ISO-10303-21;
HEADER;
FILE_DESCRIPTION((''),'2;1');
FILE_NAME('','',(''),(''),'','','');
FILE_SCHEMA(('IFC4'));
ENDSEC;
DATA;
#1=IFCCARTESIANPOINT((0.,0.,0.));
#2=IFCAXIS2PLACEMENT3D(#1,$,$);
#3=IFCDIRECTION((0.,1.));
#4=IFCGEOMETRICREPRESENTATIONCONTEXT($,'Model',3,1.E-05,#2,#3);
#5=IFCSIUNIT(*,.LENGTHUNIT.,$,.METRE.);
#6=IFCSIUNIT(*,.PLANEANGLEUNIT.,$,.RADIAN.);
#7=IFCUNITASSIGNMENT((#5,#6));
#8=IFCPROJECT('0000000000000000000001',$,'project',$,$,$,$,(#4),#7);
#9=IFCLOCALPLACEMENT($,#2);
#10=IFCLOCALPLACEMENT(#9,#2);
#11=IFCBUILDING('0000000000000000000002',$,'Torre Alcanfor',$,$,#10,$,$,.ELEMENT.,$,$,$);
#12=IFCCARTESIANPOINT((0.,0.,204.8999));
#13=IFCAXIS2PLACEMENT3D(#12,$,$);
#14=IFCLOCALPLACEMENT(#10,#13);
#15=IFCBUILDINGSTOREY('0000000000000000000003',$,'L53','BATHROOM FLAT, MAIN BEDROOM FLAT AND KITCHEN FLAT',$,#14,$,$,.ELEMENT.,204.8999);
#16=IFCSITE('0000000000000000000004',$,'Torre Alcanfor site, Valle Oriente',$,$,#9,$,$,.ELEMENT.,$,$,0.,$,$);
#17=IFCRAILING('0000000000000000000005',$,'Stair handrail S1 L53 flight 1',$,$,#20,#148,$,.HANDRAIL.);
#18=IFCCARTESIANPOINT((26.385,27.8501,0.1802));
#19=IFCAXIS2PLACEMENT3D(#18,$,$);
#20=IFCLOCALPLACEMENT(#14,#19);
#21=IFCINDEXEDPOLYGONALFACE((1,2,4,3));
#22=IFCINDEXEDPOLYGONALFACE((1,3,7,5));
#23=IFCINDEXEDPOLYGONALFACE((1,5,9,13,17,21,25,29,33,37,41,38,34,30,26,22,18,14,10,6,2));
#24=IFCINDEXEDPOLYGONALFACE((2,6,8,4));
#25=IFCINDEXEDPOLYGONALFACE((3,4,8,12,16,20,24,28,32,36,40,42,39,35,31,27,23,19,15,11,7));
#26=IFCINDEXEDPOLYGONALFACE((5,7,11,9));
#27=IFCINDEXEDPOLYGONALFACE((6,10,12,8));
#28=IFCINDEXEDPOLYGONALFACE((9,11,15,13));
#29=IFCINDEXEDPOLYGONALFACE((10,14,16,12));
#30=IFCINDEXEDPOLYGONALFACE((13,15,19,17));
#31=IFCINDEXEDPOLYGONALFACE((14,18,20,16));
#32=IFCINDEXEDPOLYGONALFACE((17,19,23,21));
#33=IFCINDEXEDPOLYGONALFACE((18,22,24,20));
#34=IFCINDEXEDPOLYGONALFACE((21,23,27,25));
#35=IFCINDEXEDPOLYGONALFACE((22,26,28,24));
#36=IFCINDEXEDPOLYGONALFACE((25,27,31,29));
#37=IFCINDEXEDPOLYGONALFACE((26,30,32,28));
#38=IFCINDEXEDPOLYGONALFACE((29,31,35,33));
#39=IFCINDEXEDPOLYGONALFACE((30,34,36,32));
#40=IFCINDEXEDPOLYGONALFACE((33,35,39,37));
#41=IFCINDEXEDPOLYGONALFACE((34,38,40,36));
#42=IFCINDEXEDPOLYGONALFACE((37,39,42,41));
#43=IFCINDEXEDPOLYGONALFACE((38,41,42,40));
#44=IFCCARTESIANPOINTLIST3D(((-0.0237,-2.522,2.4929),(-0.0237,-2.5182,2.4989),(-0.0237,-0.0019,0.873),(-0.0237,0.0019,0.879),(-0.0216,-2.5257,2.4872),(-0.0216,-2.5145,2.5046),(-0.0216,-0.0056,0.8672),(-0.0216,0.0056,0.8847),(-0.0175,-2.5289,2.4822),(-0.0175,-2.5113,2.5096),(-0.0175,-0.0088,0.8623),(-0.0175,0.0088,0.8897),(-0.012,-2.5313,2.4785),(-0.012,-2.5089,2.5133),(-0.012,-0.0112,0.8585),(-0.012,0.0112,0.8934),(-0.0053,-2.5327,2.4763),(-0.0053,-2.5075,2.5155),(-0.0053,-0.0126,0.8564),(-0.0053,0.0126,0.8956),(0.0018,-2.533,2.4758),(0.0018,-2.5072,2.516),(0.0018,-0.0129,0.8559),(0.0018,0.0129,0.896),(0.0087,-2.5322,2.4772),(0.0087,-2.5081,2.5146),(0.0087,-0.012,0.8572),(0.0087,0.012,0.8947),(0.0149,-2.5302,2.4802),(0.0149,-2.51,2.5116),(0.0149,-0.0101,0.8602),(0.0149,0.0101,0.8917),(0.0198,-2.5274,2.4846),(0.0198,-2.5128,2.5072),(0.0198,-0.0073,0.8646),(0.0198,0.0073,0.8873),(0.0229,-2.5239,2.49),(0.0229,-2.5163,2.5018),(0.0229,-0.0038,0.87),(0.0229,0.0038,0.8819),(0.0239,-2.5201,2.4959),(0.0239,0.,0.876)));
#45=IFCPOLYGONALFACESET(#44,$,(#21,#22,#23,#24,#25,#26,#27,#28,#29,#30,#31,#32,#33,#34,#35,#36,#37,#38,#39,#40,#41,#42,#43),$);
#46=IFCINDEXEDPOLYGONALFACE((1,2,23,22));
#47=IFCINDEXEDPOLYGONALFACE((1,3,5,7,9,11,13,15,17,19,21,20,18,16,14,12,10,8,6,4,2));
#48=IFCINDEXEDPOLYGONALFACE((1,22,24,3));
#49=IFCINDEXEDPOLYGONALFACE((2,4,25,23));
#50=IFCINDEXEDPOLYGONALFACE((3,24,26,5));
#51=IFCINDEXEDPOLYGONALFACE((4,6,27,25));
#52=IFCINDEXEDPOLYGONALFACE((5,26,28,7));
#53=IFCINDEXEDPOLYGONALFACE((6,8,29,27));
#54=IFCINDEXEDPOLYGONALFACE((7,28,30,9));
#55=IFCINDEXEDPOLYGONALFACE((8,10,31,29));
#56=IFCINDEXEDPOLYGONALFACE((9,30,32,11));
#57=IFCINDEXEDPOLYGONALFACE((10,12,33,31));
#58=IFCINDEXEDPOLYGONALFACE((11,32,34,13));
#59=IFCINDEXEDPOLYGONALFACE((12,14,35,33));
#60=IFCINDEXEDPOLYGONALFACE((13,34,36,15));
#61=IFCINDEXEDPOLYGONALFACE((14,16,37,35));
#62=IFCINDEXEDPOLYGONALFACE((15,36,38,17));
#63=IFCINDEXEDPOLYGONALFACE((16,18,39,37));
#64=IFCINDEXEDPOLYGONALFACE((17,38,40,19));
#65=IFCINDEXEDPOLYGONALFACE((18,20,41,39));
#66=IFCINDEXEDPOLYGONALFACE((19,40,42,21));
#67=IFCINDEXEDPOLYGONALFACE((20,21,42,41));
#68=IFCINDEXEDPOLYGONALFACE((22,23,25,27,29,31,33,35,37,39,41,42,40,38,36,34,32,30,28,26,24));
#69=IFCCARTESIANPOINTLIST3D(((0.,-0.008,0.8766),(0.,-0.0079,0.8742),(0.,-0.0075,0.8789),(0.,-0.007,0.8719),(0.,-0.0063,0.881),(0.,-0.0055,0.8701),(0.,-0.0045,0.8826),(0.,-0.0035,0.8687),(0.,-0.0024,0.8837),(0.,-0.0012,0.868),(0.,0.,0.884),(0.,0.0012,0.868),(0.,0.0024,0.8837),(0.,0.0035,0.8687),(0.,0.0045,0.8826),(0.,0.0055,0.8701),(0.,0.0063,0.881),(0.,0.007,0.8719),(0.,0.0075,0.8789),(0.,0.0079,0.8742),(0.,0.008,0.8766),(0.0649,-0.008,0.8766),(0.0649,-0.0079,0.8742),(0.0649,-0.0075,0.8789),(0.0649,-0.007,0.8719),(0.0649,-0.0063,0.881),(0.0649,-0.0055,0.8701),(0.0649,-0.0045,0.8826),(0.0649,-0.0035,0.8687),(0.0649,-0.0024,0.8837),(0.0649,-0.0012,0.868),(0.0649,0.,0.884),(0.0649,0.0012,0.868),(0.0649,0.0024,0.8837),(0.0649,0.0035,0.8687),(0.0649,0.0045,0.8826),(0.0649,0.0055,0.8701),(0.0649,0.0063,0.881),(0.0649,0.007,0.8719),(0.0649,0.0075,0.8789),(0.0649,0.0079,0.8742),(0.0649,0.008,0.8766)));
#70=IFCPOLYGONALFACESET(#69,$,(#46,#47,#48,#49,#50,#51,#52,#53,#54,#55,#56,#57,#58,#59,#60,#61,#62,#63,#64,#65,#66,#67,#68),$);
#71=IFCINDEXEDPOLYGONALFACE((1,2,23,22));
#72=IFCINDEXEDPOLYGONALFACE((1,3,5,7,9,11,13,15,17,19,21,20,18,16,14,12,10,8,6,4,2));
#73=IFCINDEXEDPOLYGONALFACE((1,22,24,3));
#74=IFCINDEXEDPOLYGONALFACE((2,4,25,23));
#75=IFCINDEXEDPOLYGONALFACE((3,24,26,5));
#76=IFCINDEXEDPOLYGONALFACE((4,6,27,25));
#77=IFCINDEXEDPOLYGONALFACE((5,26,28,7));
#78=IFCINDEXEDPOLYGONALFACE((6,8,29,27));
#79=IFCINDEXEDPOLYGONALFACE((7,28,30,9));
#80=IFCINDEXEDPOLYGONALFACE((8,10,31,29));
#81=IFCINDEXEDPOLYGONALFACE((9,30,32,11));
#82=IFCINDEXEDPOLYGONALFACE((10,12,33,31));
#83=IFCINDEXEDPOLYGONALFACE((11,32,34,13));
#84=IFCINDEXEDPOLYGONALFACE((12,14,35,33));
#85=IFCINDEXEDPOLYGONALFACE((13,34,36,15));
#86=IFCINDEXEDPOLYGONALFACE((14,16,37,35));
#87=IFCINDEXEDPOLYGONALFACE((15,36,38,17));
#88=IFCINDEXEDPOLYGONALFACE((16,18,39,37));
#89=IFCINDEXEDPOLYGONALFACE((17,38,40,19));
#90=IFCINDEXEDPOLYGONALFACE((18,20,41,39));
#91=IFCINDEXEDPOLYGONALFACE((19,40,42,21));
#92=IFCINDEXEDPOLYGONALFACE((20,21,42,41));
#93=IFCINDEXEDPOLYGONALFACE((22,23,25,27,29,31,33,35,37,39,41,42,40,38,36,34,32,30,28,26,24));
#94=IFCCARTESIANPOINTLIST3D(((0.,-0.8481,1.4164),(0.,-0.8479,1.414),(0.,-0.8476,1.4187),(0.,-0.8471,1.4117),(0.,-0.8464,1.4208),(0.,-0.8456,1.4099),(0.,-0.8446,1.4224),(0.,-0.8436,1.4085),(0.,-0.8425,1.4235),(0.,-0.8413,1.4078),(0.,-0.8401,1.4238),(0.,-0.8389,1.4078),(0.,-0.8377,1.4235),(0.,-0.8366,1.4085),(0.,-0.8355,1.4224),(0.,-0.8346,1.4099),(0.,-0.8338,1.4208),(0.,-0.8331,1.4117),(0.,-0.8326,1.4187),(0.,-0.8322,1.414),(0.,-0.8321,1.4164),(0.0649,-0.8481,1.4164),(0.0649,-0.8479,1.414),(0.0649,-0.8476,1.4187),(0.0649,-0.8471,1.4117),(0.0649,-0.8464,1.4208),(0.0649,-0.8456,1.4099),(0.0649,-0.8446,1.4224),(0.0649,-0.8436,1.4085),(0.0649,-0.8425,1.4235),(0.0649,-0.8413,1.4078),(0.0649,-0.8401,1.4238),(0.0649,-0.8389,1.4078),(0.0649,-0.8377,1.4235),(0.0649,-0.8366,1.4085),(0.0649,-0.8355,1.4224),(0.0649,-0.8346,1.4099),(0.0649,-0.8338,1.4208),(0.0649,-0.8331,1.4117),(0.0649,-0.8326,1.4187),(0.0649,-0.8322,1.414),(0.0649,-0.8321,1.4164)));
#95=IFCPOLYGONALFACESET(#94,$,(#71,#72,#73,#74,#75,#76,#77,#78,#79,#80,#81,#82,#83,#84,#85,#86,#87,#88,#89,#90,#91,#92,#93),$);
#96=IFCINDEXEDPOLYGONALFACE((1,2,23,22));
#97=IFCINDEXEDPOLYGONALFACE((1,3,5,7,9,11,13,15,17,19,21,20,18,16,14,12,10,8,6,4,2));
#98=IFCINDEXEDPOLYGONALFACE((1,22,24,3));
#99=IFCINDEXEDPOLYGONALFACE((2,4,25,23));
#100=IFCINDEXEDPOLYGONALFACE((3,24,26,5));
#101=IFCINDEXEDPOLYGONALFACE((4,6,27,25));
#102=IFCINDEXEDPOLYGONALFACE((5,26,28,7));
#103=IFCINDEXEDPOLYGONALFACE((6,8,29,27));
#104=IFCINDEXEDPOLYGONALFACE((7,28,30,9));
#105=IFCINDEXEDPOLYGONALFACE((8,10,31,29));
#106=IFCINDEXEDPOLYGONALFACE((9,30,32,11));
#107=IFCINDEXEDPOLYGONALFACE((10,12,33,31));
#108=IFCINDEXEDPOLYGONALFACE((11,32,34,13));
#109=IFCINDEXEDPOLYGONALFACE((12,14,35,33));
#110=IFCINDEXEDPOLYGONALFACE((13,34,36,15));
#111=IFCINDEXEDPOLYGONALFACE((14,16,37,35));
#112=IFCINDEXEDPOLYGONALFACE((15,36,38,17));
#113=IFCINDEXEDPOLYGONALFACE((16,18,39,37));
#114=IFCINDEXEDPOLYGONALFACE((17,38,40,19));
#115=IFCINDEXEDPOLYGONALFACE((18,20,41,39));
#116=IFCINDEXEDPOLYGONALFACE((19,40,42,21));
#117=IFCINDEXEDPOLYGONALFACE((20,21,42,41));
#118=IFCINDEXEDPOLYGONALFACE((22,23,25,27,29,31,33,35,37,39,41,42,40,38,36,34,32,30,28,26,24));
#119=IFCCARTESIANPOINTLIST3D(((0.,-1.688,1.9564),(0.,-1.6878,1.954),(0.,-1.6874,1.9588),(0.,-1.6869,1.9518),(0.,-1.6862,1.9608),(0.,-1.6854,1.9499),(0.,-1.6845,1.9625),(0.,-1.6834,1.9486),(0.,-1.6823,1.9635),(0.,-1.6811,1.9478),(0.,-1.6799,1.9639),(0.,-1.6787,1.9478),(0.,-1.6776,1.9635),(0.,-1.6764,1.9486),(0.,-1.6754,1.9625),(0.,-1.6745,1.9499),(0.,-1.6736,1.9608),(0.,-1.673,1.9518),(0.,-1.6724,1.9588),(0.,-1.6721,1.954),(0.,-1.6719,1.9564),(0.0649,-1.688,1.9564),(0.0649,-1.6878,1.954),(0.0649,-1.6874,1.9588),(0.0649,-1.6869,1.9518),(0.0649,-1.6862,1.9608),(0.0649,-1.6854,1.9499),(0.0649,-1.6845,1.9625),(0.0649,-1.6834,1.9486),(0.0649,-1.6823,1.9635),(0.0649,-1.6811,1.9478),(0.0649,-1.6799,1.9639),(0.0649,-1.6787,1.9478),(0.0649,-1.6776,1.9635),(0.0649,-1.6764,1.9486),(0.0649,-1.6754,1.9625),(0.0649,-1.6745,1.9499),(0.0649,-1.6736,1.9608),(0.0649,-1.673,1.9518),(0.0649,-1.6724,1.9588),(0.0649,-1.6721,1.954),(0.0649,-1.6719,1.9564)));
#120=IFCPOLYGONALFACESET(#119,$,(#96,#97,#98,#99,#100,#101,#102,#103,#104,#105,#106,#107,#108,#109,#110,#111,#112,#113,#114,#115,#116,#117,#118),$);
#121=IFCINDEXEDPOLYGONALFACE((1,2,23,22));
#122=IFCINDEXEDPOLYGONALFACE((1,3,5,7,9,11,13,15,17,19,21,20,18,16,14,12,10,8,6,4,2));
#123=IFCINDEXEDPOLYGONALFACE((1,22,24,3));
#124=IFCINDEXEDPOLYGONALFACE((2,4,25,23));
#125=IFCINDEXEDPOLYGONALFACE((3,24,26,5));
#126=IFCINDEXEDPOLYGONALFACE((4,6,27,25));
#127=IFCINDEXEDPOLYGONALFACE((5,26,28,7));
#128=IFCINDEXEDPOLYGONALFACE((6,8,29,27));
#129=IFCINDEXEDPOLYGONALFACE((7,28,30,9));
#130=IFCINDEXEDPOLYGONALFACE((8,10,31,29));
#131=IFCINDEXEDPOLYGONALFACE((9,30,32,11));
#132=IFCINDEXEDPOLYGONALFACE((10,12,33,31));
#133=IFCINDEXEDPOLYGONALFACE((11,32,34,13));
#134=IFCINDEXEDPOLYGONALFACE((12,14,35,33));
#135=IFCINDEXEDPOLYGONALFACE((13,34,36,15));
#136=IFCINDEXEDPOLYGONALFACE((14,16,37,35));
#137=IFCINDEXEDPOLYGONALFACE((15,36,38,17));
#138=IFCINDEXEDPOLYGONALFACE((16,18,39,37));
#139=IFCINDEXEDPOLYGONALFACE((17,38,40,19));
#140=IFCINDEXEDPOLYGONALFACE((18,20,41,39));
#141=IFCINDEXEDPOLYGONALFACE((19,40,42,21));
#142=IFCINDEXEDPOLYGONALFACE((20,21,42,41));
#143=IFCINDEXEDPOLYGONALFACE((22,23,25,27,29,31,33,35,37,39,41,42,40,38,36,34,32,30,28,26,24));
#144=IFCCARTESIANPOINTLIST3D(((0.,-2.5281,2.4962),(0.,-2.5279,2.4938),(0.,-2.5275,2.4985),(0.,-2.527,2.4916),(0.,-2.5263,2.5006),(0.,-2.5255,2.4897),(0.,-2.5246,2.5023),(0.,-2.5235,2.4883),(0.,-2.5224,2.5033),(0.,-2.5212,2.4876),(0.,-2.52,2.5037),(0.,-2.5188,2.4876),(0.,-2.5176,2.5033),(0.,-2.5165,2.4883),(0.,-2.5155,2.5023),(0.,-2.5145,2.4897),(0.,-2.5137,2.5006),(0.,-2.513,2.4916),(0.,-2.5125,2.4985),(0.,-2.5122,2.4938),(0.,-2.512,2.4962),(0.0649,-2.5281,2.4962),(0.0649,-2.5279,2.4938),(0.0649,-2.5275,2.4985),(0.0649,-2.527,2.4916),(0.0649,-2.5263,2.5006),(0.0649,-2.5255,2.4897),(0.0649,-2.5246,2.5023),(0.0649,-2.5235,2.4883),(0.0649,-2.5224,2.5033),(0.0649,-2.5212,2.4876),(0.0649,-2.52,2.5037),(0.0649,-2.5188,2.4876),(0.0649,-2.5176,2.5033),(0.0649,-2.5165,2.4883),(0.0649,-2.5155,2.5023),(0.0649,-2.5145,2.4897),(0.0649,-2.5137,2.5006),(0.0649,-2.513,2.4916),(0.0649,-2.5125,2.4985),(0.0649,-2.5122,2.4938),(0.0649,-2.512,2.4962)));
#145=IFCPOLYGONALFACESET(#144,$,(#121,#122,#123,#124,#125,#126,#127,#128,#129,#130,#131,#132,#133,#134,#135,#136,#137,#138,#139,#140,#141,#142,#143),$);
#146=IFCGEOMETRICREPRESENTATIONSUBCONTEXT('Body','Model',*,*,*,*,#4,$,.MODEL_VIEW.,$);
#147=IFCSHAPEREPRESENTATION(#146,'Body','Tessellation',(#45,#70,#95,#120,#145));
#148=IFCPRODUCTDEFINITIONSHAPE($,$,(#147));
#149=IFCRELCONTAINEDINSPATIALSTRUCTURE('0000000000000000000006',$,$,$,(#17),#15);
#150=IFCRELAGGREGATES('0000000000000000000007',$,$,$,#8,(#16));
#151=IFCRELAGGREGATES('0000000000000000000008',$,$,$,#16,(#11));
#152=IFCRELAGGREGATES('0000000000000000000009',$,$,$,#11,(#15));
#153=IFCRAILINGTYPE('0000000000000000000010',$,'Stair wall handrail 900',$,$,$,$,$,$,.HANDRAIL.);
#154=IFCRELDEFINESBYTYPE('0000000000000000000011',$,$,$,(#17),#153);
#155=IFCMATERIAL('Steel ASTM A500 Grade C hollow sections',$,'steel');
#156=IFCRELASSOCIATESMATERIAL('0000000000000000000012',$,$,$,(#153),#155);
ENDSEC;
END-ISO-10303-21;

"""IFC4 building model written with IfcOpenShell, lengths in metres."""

from ifc_helpers import new_model, si_unit, direction, frame, origin, origin_2d, place, context, subcontext, project, spatial, circle, extrude, material, type_object, element, save


model = new_model("IFC4")

# Units and contexts
model_context = context("Model", 3, precision=1e-05, world=origin(), true_north=direction((0.0, 1.0)))
body_context = subcontext(model_context, "Body", "Model", "MODEL_VIEW")
ifc_project = project(units=[si_unit("LENGTHUNIT", "METRE"), si_unit("PLANEANGLEUNIT", "RADIAN")], contexts=[model_context])

# Site, building, storey
site_placement = place(None, origin())
site = spatial("IfcSite", under=ifc_project, at=site_placement, Name="Torre Alcanfor site, Valle Oriente", CompositionType="ELEMENT", RefElevation=0.0)
building_placement = place(site_placement, origin())
building = spatial("IfcBuilding", under=site, at=building_placement, Name="Torre Alcanfor", CompositionType="ELEMENT")
storey_placement = place(building_placement, frame((0.0, 0.0, 204.8999)))
storey = spatial("IfcBuildingStorey", under=building, at=storey_placement, Name="L53", Description="BATHROOM FLAT, MAIN BEDROOM FLAT AND KITCHEN FLAT", CompositionType="ELEMENT", Elevation=204.8999)

# Railing
ifc_material_1 = material(Name="Steel ASTM A500 Grade C hollow sections", Category="steel")
railing_type = type_object("IfcRailingType", Name="Stair wall handrail 900", PredefinedType="HANDRAIL", material=ifc_material_1)
railing_placement = place(storey_placement, frame((26.385, 27.8501, 0.1802)))
element("IfcRailing", 1, at=railing_placement, inside=storey, type_object=railing_type, Name="Stair handrail S1 L53 flight 1", PredefinedType="HANDRAIL", context=body_context, shape_type="SweptSolid", body=[
    extrude(circle(Radius=0.0239, at=origin_2d()), frame((0.0, 0.0, 0.876), z_axis=(0.0, -0.8412, 0.540725), x_axis=(1.0, 0.0, 0.0)), (0.0, 0.0, 1.0), 2.9958),
    extrude(circle(Radius=0.0081, at=origin_2d()), frame((0.0, 0.0, 0.876), z_axis=(1.0, 0.0, 0.0), x_axis=(0.0, 0.0, 1.0)), (0.0, 0.0, 1.0), 0.0649),
    extrude(circle(Radius=0.0081, at=origin_2d()), frame((0.0, -0.8401, 1.4158), z_axis=(1.0, 0.0, 0.0), x_axis=(0.0, 0.0, 1.0)), (0.0, 0.0, 1.0), 0.0649),
    extrude(circle(Radius=0.0081, at=origin_2d()), frame((0.0, -1.6799, 1.9558), z_axis=(1.0, 0.0, 0.0), x_axis=(0.0, 0.0, 1.0)), (0.0, 0.0, 1.0), 0.0649),
    extrude(circle(Radius=0.0081, at=origin_2d()), frame((0.0, -2.52, 2.4956), z_axis=(1.0, 0.0, 0.0), x_axis=(0.0, 0.0, 1.0)), (0.0, 0.0, 1.0), 0.0649),
])

save(model, "model.ifc")
